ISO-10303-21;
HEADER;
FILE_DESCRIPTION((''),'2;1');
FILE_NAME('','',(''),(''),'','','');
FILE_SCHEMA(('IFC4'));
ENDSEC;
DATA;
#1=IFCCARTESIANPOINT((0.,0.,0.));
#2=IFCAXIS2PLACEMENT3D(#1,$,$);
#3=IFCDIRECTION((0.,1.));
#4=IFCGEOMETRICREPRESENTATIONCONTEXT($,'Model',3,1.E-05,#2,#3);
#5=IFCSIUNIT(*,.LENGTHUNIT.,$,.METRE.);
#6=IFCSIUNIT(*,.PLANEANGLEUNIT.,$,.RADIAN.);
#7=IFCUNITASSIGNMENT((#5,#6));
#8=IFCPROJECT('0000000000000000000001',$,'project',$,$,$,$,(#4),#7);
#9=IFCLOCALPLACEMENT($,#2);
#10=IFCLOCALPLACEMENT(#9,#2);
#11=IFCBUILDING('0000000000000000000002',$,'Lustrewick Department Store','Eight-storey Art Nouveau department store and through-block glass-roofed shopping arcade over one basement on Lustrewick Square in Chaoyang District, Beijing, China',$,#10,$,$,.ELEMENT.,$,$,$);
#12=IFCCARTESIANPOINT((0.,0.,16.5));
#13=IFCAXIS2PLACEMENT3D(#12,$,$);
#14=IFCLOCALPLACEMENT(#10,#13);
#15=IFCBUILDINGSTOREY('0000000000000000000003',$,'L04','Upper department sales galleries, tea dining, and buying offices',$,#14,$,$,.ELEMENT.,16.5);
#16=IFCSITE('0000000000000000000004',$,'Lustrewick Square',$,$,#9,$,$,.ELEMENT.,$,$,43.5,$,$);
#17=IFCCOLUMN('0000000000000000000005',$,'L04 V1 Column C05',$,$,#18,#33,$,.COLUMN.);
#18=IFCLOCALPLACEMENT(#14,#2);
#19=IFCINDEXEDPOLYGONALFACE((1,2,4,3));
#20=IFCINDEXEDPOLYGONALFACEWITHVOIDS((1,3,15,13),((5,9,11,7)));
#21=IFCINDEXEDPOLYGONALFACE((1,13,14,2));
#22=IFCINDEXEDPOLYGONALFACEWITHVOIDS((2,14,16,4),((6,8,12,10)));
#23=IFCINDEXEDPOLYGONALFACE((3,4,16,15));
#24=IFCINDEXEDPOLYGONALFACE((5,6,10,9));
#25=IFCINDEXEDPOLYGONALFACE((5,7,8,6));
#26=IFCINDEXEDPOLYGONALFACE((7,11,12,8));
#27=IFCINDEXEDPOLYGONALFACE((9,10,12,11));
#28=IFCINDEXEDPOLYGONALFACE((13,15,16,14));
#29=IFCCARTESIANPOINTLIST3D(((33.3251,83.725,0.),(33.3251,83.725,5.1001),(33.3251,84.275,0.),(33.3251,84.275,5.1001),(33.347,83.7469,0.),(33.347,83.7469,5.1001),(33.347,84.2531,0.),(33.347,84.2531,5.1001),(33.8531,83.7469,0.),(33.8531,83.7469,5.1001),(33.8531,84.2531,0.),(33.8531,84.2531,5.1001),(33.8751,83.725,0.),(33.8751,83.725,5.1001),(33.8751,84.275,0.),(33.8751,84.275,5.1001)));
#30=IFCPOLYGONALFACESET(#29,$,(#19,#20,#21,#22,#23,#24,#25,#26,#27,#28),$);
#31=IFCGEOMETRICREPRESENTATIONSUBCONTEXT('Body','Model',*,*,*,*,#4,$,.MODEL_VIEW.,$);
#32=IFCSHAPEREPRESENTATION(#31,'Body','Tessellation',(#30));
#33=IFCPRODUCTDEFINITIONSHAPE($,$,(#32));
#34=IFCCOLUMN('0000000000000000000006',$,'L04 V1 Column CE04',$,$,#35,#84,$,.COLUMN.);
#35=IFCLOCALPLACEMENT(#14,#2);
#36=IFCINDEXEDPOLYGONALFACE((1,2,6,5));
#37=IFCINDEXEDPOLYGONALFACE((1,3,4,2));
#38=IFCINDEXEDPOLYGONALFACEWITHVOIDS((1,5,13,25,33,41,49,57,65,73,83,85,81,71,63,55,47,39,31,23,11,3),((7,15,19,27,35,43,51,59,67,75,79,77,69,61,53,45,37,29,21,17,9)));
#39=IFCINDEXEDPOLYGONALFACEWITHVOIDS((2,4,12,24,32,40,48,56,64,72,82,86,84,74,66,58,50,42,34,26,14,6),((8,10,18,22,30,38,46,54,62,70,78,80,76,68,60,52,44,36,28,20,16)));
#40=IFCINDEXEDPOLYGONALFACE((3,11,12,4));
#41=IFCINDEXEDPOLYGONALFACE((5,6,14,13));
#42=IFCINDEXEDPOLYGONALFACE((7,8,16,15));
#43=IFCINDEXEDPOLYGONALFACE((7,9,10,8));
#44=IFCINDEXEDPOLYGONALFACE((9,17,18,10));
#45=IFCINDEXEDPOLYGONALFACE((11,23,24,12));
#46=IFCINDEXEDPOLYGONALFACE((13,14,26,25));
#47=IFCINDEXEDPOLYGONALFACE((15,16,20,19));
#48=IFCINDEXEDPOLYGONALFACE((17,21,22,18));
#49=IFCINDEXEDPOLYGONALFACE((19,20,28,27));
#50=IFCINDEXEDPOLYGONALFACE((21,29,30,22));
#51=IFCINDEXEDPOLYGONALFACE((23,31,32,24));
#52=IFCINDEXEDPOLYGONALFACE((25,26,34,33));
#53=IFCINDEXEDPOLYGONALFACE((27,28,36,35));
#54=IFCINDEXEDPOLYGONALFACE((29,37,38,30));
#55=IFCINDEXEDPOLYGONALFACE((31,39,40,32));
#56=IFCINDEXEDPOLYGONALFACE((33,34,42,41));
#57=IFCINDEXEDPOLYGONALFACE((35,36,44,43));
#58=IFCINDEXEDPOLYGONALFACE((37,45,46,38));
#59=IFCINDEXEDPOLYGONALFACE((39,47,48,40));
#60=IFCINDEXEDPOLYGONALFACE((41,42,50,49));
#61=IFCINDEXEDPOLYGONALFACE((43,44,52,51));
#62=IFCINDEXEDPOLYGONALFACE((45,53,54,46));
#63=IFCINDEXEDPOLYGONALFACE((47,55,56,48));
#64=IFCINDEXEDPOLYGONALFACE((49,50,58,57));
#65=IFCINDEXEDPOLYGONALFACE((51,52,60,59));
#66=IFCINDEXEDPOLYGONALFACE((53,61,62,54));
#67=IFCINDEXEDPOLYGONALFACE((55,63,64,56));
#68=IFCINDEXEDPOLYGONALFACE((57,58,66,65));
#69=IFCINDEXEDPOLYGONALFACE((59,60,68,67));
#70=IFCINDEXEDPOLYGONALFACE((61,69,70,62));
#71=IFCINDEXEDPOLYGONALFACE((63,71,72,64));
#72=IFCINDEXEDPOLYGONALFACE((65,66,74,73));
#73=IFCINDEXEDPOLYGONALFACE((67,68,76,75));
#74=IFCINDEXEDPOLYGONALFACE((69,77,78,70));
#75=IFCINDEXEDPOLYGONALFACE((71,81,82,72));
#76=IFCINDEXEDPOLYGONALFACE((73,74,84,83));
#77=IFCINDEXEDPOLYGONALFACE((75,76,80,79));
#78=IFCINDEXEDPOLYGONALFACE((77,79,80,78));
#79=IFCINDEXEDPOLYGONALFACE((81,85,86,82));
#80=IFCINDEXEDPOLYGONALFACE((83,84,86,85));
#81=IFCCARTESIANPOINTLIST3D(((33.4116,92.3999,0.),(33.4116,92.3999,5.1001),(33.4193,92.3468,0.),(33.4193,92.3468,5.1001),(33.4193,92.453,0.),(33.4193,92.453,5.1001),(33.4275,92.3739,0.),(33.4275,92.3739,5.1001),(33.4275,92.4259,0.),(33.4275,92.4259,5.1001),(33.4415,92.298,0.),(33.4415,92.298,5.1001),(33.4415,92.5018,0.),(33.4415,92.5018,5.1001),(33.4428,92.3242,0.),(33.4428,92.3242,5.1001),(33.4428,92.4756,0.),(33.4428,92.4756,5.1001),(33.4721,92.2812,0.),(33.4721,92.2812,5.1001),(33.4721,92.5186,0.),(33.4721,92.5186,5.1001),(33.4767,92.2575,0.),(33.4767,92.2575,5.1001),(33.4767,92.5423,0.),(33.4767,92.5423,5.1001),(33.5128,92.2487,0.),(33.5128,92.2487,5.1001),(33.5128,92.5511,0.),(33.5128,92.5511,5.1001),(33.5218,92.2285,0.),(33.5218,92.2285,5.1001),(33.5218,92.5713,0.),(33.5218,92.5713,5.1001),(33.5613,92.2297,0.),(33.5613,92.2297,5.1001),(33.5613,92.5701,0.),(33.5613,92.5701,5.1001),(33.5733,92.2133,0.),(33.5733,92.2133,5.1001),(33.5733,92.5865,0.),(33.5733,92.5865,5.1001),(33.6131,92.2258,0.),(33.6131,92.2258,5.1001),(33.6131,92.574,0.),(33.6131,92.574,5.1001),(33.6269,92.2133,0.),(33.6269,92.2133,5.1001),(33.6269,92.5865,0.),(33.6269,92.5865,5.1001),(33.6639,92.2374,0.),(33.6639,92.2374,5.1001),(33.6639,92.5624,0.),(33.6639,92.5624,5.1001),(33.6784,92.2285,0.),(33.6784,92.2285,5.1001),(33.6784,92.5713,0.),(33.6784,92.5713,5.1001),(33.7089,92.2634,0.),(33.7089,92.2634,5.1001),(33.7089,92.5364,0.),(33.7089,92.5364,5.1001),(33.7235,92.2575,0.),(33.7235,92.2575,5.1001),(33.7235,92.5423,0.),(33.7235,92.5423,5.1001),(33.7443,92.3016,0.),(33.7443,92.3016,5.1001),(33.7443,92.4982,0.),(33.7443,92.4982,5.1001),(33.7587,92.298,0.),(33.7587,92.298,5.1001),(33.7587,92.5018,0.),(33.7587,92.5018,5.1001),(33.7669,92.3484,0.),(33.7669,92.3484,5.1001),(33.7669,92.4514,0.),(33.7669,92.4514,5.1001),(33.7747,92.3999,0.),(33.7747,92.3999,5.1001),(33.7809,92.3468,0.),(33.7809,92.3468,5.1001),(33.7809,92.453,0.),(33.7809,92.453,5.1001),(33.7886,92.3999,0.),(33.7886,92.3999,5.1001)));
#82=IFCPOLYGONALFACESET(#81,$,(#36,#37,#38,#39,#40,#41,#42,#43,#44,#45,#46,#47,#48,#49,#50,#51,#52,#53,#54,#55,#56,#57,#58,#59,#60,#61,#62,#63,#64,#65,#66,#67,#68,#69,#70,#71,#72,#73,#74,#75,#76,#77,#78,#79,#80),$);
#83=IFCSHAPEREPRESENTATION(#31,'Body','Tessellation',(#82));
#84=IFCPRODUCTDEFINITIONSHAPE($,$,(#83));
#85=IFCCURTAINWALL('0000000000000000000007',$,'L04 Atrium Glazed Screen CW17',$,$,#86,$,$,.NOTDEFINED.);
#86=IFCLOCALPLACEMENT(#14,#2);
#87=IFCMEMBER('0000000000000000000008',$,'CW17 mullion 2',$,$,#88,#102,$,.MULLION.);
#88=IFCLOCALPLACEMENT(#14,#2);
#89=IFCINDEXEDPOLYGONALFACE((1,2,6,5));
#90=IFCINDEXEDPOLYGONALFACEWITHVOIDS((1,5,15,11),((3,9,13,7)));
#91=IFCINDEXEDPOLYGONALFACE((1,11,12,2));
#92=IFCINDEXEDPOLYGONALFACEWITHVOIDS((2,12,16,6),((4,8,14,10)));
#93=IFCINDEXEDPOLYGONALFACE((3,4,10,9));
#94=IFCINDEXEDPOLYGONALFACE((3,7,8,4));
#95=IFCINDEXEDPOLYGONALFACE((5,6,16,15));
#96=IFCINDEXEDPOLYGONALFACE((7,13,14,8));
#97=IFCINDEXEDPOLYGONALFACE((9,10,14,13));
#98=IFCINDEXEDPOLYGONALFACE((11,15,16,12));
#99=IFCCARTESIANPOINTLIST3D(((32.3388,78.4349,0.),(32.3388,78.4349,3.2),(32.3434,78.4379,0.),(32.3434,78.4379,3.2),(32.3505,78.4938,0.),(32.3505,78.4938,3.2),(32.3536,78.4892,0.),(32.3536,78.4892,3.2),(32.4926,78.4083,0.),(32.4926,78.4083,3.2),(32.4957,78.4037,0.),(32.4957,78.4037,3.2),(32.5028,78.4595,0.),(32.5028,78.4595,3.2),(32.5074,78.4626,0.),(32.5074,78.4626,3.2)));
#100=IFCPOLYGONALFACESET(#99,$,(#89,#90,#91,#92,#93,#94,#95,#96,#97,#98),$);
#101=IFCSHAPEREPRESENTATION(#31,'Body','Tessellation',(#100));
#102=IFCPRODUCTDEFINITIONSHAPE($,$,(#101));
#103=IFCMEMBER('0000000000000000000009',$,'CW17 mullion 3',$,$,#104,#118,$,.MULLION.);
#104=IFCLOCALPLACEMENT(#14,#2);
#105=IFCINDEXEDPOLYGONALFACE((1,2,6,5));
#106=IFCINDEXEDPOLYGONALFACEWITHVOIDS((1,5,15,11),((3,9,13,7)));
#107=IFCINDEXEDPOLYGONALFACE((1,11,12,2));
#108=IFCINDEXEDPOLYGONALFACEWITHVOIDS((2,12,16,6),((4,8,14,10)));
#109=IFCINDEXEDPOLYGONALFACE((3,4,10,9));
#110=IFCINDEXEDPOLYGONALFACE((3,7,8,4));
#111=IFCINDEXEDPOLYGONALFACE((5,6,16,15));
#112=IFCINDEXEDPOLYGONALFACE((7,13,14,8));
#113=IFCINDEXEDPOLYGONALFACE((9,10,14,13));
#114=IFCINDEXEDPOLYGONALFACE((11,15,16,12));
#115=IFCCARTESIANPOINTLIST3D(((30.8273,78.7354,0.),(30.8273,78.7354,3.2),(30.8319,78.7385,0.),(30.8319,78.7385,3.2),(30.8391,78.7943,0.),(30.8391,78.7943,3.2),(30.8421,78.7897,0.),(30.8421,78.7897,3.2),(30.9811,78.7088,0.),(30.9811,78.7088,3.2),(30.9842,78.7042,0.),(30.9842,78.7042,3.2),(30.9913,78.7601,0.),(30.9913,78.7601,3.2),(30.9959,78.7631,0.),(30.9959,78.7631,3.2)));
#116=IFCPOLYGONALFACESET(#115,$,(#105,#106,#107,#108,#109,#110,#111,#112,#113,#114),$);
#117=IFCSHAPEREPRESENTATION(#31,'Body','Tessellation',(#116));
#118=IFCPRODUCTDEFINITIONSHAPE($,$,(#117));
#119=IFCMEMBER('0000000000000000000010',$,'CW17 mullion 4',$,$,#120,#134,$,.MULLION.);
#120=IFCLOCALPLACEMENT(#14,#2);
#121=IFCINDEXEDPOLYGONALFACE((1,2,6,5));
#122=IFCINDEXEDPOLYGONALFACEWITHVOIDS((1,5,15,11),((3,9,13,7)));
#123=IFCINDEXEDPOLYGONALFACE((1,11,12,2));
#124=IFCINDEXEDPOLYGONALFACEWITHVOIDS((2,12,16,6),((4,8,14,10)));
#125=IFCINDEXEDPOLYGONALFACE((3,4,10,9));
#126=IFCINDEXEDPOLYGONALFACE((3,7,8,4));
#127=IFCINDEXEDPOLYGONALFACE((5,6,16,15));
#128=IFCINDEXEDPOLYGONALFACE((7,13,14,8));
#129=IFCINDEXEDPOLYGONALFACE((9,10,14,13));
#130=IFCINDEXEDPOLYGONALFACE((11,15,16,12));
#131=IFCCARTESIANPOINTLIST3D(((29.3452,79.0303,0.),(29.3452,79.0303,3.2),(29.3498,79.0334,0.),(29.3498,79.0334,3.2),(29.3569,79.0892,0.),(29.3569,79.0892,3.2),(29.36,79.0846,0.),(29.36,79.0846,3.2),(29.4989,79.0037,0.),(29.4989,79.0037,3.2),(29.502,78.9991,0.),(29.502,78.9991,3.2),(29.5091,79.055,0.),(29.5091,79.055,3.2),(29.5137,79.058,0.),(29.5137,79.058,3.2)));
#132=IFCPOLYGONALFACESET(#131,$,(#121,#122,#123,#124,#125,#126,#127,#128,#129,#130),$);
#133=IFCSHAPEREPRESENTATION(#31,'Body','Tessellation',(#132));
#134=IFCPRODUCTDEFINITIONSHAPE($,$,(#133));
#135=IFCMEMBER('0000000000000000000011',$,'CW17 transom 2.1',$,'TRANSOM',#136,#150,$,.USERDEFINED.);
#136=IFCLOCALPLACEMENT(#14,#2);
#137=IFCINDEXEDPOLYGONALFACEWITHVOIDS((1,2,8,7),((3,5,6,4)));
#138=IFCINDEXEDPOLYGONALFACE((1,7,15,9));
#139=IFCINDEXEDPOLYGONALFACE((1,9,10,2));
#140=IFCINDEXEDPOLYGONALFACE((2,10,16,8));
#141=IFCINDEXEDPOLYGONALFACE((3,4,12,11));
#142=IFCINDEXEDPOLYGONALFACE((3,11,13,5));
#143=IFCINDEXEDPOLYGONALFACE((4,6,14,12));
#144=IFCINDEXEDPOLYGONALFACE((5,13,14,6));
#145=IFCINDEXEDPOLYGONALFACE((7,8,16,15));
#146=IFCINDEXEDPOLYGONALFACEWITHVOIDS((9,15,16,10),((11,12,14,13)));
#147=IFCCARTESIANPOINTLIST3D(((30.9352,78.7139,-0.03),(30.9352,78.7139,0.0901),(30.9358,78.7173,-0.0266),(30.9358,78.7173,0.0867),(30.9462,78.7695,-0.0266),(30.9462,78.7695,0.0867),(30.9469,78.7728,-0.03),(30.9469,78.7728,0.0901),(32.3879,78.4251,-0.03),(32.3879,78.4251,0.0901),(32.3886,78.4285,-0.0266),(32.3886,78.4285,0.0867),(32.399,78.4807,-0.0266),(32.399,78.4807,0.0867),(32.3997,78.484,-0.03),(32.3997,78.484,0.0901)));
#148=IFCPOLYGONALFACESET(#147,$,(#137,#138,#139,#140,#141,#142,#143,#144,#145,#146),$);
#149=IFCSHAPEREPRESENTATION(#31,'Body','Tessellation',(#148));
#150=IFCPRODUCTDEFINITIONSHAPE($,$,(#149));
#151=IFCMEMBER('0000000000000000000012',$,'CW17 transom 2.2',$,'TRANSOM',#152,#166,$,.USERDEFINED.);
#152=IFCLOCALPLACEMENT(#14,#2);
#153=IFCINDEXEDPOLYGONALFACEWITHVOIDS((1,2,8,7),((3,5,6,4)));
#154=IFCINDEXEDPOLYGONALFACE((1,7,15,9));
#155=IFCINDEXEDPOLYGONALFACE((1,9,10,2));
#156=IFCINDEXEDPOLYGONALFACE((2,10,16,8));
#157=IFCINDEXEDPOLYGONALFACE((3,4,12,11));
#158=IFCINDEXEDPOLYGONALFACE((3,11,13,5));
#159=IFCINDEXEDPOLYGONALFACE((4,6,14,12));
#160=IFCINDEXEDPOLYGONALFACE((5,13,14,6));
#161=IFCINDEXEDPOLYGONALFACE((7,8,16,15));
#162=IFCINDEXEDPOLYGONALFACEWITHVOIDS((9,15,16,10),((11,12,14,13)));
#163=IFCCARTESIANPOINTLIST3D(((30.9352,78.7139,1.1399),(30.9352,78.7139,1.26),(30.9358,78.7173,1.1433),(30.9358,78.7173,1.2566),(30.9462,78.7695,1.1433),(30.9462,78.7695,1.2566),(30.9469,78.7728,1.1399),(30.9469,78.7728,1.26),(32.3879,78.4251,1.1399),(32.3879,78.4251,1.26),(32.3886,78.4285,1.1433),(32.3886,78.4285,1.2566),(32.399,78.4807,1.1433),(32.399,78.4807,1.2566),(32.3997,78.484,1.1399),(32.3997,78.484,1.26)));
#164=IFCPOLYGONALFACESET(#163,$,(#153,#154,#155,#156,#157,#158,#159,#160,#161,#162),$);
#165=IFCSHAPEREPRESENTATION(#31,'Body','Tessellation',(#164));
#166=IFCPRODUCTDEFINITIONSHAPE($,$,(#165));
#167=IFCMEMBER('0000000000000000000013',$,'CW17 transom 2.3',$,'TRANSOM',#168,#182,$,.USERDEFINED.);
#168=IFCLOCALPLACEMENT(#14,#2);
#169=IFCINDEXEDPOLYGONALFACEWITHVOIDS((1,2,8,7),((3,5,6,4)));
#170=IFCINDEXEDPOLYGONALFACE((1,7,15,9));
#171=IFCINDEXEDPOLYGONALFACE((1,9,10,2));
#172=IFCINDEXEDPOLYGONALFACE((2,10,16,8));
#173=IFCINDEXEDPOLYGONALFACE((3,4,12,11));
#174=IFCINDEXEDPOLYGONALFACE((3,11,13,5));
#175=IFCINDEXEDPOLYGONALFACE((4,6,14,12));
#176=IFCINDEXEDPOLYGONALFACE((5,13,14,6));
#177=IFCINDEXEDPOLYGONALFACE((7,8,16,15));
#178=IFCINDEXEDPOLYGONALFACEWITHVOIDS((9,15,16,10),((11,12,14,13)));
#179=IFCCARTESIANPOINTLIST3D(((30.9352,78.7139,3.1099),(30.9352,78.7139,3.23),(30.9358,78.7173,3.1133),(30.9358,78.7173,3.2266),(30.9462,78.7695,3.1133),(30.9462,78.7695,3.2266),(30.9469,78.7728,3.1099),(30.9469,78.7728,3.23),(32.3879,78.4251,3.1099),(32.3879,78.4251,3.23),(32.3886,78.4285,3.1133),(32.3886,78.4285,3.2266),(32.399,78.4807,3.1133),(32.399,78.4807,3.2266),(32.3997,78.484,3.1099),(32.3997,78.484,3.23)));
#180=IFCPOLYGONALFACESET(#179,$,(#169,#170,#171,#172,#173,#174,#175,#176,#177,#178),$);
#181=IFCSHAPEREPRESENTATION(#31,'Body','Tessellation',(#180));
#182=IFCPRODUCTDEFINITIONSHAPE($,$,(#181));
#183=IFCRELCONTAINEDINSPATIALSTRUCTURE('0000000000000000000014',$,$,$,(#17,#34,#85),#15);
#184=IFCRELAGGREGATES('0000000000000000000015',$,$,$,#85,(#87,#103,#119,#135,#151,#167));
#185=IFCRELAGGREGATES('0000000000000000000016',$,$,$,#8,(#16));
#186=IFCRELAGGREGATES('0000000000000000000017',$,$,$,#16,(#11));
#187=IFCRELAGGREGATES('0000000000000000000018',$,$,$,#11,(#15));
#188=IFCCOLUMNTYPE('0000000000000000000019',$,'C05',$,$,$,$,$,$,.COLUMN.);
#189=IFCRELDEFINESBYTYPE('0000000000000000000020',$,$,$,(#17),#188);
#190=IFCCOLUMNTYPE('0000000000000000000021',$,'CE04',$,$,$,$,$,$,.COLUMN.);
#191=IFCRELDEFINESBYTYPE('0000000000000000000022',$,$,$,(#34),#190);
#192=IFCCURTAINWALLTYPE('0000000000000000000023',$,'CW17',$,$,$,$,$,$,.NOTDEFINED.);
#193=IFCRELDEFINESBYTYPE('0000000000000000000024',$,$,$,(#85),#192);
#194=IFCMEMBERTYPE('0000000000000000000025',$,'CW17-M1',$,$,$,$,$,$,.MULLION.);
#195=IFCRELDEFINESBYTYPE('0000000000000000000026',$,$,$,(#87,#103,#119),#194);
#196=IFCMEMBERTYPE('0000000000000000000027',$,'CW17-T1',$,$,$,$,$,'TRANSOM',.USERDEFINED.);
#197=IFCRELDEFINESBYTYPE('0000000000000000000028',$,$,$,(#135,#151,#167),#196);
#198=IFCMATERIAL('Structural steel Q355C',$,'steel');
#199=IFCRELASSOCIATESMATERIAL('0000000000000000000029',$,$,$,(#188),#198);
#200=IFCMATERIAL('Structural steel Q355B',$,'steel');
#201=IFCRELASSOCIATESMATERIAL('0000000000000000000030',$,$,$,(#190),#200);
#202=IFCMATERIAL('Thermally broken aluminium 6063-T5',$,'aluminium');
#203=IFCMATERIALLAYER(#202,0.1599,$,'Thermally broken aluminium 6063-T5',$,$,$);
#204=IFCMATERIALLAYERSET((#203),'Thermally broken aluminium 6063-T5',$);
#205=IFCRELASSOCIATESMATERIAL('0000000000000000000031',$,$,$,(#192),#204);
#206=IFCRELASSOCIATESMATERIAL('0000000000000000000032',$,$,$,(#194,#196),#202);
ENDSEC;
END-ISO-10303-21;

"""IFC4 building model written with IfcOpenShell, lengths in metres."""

from ifc_helpers import new_model, si_unit, direction, frame, origin, origin_2d, place, context, subcontext, project, spatial, hollow_rectangle, hollow_circle, extrude, material, layer, layer_set, material_profile, profile_set, type_object, element, aggregate, save


model = new_model("IFC4")

# Units and contexts
model_context = context("Model", 3, precision=1e-05, world=origin(), true_north=direction((0.0, 1.0)))
body_context = subcontext(model_context, "Body", "Model", "MODEL_VIEW")
ifc_project = project(units=[si_unit("LENGTHUNIT", "METRE"), si_unit("PLANEANGLEUNIT", "RADIAN")], contexts=[model_context])

# Site, building, storey
site_placement = place(None, origin())
site = spatial("IfcSite", under=ifc_project, at=site_placement, Name="Lustrewick Square", CompositionType="ELEMENT", RefElevation=43.5)
building_placement = place(site_placement, origin())
building = spatial("IfcBuilding", under=site, at=building_placement, Name="Lustrewick Department Store", Description="Eight-storey Art Nouveau department store and through-block glass-roofed shopping arcade over one basement on Lustrewick Square in Chaoyang District, Beijing, China", CompositionType="ELEMENT")
storey_placement = place(building_placement, frame((0.0, 0.0, 16.5)))
storey = spatial("IfcBuildingStorey", under=building, at=storey_placement, Name="L04", Description="Upper department sales galleries, tea dining, and buying offices", CompositionType="ELEMENT", Elevation=16.5)

# Columns
ifc_material_1 = material(Name="Structural steel Q355C", Category="steel")
ifc_material_profile_1 = material_profile(ifc_material_1, hollow_rectangle(XDim=0.55, YDim=0.55, WallThickness=0.022, at=origin_2d()), Name="BOX 550x550x22")
ifc_profile_set_1 = profile_set([ifc_material_profile_1], Name="Structural steel Q355C")
column_type_1 = type_object("IfcColumnType", Name="C05", PredefinedType="COLUMN", material=ifc_profile_set_1)
column_1_placement = place(storey_placement, frame((33.6001, 84.0, 0.0), z_axis=(0.0, 0.0, 1.0), x_axis=(1.0, 0.0, 0.0)))
element("IfcColumn", 1, at=column_1_placement, inside=storey, type_object=column_type_1, Name="L04 V1 Column C05", PredefinedType="COLUMN", context=body_context, shape_type="SweptSolid", body=[
    extrude(hollow_rectangle(XDim=0.55, YDim=0.55, WallThickness=0.022, at=origin_2d()), origin(), (0.0, 0.0, 1.0), 5.1001),
])
ifc_material_2 = material(Name="Structural steel Q355B", Category="steel")
ifc_material_profile_2 = material_profile(ifc_material_2, hollow_circle(Radius=0.1885, WallThickness=0.0139, at=origin_2d()), Name="CHS 377x14")
ifc_profile_set_2 = profile_set([ifc_material_profile_2], Name="Structural steel Q355B")
column_type_2 = type_object("IfcColumnType", Name="CE04", PredefinedType="COLUMN", material=ifc_profile_set_2)
column_2_placement = place(storey_placement, frame((33.6001, 92.3999, 0.0), z_axis=(0.0, 0.0, 1.0), x_axis=(1.0, 0.0, 0.0)))
element("IfcColumn", 2, at=column_2_placement, inside=storey, type_object=column_type_2, Name="L04 V1 Column CE04", PredefinedType="COLUMN", context=body_context, shape_type="SweptSolid", body=[
    extrude(hollow_circle(Radius=0.1885, WallThickness=0.0139, at=origin_2d()), origin(), (0.0, 0.0, 1.0), 5.1001),
])

# Curtain wall, members
ifc_material_3 = material(Name="Thermally broken aluminium 6063-T5", Category="aluminium")
ifc_layer_1 = layer(ifc_material_3, 0.1599, Name="Thermally broken aluminium 6063-T5")
ifc_layer_set_1 = layer_set([ifc_layer_1], Name="Thermally broken aluminium 6063-T5")
curtain_wall_type_1 = type_object("IfcCurtainWallType", Name="CW17", PredefinedType="NOTDEFINED", material=ifc_layer_set_1)
curtain_wall_1_placement = place(storey_placement, origin())
curtain_wall_1 = element("IfcCurtainWall", 3, at=curtain_wall_1_placement, inside=storey, type_object=curtain_wall_type_1, Name="L04 Atrium Glazed Screen CW17", PredefinedType="NOTDEFINED")
ifc_material_profile_3 = material_profile(ifc_material_3, hollow_rectangle(XDim=0.0601, YDim=0.1599, WallThickness=0.0039, at=origin_2d()), Name="ALU-M 60x160x4")
ifc_profile_set_3 = profile_set([ifc_material_profile_3], Name="Thermally broken aluminium 6063-T5")
member_type_1 = type_object("IfcMemberType", Name="CW17-M1", PredefinedType="MULLION", material=ifc_profile_set_3)
member_1_placement = place(storey_placement, frame((32.4231, 78.4487, 0.0), z_axis=(0.0, 0.0, 1.0), x_axis=(-0.195085, -0.980786, 0.0)))
member_1 = element("IfcMember", 4, at=member_1_placement, type_object=member_type_1, Name="CW17 mullion 2", PredefinedType="MULLION", context=body_context, shape_type="SweptSolid", body=[
    extrude(hollow_rectangle(XDim=0.0601, YDim=0.1599, WallThickness=0.0039, at=origin_2d()), origin(), (0.0, 0.0, 1.0), 3.2),
])
member_2_placement = place(storey_placement, frame((30.9116, 78.7493, 0.0), z_axis=(0.0, 0.0, 1.0), x_axis=(-0.195085, -0.980786, 0.0)))
member_2 = element("IfcMember", 5, at=member_2_placement, type_object=member_type_1, Name="CW17 mullion 3", PredefinedType="MULLION", context=body_context, shape_type="SweptSolid", body=[
    extrude(hollow_rectangle(XDim=0.0601, YDim=0.1599, WallThickness=0.0039, at=origin_2d()), origin(), (0.0, 0.0, 1.0), 3.2),
])
member_3_placement = place(storey_placement, frame((29.4294, 79.0442, 0.0), z_axis=(0.0, 0.0, 1.0), x_axis=(-0.195085, -0.980786, 0.0)))
member_3 = element("IfcMember", 6, at=member_3_placement, type_object=member_type_1, Name="CW17 mullion 4", PredefinedType="MULLION", context=body_context, shape_type="SweptSolid", body=[
    extrude(hollow_rectangle(XDim=0.0601, YDim=0.1599, WallThickness=0.0039, at=origin_2d()), origin(), (0.0, 0.0, 1.0), 3.2),
])
ifc_material_profile_4 = material_profile(ifc_material_3, hollow_rectangle(XDim=0.0601, YDim=0.1201, WallThickness=0.0034, at=origin_2d()), Name="ALU-T 60x120x3.5")
ifc_profile_set_4 = profile_set([ifc_material_profile_4], Name="Thermally broken aluminium 6063-T5")
member_type_2 = type_object("IfcMemberType", Name="CW17-T1", ElementType="TRANSOM", PredefinedType="USERDEFINED", material=ifc_profile_set_4)
member_4_placement = place(storey_placement, frame((32.3938, 78.4546, 0.03), z_axis=(-0.980808, 0.194975, 0.0), x_axis=(-0.194975, -0.980808, 0.0)))
member_4 = element("IfcMember", 7, at=member_4_placement, type_object=member_type_2, Name="CW17 transom 2.1", ObjectType="TRANSOM", PredefinedType="USERDEFINED", context=body_context, shape_type="SweptSolid", body=[
    extrude(hollow_rectangle(XDim=0.0601, YDim=0.1201, WallThickness=0.0034, at=origin_2d()), origin(), (0.0, 0.0, 1.0), 1.4812),
])
member_5_placement = place(storey_placement, frame((32.3938, 78.4546, 1.2), z_axis=(-0.980808, 0.194975, 0.0), x_axis=(-0.194975, -0.980808, 0.0)))
member_5 = element("IfcMember", 8, at=member_5_placement, type_object=member_type_2, Name="CW17 transom 2.2", ObjectType="TRANSOM", PredefinedType="USERDEFINED", context=body_context, shape_type="SweptSolid", body=[
    extrude(hollow_rectangle(XDim=0.0601, YDim=0.1201, WallThickness=0.0034, at=origin_2d()), origin(), (0.0, 0.0, 1.0), 1.4812),
])
member_6_placement = place(storey_placement, frame((32.3938, 78.4546, 3.1699), z_axis=(-0.980808, 0.194975, 0.0), x_axis=(-0.194975, -0.980808, 0.0)))
member_6 = element("IfcMember", 9, at=member_6_placement, type_object=member_type_2, Name="CW17 transom 2.3", ObjectType="TRANSOM", PredefinedType="USERDEFINED", context=body_context, shape_type="SweptSolid", body=[
    extrude(hollow_rectangle(XDim=0.0601, YDim=0.1201, WallThickness=0.0034, at=origin_2d()), origin(), (0.0, 0.0, 1.0), 1.4812),
])

aggregate(curtain_wall_1, [member_1, member_2, member_3, member_4, member_5, member_6])

save(model, "model.ifc")
